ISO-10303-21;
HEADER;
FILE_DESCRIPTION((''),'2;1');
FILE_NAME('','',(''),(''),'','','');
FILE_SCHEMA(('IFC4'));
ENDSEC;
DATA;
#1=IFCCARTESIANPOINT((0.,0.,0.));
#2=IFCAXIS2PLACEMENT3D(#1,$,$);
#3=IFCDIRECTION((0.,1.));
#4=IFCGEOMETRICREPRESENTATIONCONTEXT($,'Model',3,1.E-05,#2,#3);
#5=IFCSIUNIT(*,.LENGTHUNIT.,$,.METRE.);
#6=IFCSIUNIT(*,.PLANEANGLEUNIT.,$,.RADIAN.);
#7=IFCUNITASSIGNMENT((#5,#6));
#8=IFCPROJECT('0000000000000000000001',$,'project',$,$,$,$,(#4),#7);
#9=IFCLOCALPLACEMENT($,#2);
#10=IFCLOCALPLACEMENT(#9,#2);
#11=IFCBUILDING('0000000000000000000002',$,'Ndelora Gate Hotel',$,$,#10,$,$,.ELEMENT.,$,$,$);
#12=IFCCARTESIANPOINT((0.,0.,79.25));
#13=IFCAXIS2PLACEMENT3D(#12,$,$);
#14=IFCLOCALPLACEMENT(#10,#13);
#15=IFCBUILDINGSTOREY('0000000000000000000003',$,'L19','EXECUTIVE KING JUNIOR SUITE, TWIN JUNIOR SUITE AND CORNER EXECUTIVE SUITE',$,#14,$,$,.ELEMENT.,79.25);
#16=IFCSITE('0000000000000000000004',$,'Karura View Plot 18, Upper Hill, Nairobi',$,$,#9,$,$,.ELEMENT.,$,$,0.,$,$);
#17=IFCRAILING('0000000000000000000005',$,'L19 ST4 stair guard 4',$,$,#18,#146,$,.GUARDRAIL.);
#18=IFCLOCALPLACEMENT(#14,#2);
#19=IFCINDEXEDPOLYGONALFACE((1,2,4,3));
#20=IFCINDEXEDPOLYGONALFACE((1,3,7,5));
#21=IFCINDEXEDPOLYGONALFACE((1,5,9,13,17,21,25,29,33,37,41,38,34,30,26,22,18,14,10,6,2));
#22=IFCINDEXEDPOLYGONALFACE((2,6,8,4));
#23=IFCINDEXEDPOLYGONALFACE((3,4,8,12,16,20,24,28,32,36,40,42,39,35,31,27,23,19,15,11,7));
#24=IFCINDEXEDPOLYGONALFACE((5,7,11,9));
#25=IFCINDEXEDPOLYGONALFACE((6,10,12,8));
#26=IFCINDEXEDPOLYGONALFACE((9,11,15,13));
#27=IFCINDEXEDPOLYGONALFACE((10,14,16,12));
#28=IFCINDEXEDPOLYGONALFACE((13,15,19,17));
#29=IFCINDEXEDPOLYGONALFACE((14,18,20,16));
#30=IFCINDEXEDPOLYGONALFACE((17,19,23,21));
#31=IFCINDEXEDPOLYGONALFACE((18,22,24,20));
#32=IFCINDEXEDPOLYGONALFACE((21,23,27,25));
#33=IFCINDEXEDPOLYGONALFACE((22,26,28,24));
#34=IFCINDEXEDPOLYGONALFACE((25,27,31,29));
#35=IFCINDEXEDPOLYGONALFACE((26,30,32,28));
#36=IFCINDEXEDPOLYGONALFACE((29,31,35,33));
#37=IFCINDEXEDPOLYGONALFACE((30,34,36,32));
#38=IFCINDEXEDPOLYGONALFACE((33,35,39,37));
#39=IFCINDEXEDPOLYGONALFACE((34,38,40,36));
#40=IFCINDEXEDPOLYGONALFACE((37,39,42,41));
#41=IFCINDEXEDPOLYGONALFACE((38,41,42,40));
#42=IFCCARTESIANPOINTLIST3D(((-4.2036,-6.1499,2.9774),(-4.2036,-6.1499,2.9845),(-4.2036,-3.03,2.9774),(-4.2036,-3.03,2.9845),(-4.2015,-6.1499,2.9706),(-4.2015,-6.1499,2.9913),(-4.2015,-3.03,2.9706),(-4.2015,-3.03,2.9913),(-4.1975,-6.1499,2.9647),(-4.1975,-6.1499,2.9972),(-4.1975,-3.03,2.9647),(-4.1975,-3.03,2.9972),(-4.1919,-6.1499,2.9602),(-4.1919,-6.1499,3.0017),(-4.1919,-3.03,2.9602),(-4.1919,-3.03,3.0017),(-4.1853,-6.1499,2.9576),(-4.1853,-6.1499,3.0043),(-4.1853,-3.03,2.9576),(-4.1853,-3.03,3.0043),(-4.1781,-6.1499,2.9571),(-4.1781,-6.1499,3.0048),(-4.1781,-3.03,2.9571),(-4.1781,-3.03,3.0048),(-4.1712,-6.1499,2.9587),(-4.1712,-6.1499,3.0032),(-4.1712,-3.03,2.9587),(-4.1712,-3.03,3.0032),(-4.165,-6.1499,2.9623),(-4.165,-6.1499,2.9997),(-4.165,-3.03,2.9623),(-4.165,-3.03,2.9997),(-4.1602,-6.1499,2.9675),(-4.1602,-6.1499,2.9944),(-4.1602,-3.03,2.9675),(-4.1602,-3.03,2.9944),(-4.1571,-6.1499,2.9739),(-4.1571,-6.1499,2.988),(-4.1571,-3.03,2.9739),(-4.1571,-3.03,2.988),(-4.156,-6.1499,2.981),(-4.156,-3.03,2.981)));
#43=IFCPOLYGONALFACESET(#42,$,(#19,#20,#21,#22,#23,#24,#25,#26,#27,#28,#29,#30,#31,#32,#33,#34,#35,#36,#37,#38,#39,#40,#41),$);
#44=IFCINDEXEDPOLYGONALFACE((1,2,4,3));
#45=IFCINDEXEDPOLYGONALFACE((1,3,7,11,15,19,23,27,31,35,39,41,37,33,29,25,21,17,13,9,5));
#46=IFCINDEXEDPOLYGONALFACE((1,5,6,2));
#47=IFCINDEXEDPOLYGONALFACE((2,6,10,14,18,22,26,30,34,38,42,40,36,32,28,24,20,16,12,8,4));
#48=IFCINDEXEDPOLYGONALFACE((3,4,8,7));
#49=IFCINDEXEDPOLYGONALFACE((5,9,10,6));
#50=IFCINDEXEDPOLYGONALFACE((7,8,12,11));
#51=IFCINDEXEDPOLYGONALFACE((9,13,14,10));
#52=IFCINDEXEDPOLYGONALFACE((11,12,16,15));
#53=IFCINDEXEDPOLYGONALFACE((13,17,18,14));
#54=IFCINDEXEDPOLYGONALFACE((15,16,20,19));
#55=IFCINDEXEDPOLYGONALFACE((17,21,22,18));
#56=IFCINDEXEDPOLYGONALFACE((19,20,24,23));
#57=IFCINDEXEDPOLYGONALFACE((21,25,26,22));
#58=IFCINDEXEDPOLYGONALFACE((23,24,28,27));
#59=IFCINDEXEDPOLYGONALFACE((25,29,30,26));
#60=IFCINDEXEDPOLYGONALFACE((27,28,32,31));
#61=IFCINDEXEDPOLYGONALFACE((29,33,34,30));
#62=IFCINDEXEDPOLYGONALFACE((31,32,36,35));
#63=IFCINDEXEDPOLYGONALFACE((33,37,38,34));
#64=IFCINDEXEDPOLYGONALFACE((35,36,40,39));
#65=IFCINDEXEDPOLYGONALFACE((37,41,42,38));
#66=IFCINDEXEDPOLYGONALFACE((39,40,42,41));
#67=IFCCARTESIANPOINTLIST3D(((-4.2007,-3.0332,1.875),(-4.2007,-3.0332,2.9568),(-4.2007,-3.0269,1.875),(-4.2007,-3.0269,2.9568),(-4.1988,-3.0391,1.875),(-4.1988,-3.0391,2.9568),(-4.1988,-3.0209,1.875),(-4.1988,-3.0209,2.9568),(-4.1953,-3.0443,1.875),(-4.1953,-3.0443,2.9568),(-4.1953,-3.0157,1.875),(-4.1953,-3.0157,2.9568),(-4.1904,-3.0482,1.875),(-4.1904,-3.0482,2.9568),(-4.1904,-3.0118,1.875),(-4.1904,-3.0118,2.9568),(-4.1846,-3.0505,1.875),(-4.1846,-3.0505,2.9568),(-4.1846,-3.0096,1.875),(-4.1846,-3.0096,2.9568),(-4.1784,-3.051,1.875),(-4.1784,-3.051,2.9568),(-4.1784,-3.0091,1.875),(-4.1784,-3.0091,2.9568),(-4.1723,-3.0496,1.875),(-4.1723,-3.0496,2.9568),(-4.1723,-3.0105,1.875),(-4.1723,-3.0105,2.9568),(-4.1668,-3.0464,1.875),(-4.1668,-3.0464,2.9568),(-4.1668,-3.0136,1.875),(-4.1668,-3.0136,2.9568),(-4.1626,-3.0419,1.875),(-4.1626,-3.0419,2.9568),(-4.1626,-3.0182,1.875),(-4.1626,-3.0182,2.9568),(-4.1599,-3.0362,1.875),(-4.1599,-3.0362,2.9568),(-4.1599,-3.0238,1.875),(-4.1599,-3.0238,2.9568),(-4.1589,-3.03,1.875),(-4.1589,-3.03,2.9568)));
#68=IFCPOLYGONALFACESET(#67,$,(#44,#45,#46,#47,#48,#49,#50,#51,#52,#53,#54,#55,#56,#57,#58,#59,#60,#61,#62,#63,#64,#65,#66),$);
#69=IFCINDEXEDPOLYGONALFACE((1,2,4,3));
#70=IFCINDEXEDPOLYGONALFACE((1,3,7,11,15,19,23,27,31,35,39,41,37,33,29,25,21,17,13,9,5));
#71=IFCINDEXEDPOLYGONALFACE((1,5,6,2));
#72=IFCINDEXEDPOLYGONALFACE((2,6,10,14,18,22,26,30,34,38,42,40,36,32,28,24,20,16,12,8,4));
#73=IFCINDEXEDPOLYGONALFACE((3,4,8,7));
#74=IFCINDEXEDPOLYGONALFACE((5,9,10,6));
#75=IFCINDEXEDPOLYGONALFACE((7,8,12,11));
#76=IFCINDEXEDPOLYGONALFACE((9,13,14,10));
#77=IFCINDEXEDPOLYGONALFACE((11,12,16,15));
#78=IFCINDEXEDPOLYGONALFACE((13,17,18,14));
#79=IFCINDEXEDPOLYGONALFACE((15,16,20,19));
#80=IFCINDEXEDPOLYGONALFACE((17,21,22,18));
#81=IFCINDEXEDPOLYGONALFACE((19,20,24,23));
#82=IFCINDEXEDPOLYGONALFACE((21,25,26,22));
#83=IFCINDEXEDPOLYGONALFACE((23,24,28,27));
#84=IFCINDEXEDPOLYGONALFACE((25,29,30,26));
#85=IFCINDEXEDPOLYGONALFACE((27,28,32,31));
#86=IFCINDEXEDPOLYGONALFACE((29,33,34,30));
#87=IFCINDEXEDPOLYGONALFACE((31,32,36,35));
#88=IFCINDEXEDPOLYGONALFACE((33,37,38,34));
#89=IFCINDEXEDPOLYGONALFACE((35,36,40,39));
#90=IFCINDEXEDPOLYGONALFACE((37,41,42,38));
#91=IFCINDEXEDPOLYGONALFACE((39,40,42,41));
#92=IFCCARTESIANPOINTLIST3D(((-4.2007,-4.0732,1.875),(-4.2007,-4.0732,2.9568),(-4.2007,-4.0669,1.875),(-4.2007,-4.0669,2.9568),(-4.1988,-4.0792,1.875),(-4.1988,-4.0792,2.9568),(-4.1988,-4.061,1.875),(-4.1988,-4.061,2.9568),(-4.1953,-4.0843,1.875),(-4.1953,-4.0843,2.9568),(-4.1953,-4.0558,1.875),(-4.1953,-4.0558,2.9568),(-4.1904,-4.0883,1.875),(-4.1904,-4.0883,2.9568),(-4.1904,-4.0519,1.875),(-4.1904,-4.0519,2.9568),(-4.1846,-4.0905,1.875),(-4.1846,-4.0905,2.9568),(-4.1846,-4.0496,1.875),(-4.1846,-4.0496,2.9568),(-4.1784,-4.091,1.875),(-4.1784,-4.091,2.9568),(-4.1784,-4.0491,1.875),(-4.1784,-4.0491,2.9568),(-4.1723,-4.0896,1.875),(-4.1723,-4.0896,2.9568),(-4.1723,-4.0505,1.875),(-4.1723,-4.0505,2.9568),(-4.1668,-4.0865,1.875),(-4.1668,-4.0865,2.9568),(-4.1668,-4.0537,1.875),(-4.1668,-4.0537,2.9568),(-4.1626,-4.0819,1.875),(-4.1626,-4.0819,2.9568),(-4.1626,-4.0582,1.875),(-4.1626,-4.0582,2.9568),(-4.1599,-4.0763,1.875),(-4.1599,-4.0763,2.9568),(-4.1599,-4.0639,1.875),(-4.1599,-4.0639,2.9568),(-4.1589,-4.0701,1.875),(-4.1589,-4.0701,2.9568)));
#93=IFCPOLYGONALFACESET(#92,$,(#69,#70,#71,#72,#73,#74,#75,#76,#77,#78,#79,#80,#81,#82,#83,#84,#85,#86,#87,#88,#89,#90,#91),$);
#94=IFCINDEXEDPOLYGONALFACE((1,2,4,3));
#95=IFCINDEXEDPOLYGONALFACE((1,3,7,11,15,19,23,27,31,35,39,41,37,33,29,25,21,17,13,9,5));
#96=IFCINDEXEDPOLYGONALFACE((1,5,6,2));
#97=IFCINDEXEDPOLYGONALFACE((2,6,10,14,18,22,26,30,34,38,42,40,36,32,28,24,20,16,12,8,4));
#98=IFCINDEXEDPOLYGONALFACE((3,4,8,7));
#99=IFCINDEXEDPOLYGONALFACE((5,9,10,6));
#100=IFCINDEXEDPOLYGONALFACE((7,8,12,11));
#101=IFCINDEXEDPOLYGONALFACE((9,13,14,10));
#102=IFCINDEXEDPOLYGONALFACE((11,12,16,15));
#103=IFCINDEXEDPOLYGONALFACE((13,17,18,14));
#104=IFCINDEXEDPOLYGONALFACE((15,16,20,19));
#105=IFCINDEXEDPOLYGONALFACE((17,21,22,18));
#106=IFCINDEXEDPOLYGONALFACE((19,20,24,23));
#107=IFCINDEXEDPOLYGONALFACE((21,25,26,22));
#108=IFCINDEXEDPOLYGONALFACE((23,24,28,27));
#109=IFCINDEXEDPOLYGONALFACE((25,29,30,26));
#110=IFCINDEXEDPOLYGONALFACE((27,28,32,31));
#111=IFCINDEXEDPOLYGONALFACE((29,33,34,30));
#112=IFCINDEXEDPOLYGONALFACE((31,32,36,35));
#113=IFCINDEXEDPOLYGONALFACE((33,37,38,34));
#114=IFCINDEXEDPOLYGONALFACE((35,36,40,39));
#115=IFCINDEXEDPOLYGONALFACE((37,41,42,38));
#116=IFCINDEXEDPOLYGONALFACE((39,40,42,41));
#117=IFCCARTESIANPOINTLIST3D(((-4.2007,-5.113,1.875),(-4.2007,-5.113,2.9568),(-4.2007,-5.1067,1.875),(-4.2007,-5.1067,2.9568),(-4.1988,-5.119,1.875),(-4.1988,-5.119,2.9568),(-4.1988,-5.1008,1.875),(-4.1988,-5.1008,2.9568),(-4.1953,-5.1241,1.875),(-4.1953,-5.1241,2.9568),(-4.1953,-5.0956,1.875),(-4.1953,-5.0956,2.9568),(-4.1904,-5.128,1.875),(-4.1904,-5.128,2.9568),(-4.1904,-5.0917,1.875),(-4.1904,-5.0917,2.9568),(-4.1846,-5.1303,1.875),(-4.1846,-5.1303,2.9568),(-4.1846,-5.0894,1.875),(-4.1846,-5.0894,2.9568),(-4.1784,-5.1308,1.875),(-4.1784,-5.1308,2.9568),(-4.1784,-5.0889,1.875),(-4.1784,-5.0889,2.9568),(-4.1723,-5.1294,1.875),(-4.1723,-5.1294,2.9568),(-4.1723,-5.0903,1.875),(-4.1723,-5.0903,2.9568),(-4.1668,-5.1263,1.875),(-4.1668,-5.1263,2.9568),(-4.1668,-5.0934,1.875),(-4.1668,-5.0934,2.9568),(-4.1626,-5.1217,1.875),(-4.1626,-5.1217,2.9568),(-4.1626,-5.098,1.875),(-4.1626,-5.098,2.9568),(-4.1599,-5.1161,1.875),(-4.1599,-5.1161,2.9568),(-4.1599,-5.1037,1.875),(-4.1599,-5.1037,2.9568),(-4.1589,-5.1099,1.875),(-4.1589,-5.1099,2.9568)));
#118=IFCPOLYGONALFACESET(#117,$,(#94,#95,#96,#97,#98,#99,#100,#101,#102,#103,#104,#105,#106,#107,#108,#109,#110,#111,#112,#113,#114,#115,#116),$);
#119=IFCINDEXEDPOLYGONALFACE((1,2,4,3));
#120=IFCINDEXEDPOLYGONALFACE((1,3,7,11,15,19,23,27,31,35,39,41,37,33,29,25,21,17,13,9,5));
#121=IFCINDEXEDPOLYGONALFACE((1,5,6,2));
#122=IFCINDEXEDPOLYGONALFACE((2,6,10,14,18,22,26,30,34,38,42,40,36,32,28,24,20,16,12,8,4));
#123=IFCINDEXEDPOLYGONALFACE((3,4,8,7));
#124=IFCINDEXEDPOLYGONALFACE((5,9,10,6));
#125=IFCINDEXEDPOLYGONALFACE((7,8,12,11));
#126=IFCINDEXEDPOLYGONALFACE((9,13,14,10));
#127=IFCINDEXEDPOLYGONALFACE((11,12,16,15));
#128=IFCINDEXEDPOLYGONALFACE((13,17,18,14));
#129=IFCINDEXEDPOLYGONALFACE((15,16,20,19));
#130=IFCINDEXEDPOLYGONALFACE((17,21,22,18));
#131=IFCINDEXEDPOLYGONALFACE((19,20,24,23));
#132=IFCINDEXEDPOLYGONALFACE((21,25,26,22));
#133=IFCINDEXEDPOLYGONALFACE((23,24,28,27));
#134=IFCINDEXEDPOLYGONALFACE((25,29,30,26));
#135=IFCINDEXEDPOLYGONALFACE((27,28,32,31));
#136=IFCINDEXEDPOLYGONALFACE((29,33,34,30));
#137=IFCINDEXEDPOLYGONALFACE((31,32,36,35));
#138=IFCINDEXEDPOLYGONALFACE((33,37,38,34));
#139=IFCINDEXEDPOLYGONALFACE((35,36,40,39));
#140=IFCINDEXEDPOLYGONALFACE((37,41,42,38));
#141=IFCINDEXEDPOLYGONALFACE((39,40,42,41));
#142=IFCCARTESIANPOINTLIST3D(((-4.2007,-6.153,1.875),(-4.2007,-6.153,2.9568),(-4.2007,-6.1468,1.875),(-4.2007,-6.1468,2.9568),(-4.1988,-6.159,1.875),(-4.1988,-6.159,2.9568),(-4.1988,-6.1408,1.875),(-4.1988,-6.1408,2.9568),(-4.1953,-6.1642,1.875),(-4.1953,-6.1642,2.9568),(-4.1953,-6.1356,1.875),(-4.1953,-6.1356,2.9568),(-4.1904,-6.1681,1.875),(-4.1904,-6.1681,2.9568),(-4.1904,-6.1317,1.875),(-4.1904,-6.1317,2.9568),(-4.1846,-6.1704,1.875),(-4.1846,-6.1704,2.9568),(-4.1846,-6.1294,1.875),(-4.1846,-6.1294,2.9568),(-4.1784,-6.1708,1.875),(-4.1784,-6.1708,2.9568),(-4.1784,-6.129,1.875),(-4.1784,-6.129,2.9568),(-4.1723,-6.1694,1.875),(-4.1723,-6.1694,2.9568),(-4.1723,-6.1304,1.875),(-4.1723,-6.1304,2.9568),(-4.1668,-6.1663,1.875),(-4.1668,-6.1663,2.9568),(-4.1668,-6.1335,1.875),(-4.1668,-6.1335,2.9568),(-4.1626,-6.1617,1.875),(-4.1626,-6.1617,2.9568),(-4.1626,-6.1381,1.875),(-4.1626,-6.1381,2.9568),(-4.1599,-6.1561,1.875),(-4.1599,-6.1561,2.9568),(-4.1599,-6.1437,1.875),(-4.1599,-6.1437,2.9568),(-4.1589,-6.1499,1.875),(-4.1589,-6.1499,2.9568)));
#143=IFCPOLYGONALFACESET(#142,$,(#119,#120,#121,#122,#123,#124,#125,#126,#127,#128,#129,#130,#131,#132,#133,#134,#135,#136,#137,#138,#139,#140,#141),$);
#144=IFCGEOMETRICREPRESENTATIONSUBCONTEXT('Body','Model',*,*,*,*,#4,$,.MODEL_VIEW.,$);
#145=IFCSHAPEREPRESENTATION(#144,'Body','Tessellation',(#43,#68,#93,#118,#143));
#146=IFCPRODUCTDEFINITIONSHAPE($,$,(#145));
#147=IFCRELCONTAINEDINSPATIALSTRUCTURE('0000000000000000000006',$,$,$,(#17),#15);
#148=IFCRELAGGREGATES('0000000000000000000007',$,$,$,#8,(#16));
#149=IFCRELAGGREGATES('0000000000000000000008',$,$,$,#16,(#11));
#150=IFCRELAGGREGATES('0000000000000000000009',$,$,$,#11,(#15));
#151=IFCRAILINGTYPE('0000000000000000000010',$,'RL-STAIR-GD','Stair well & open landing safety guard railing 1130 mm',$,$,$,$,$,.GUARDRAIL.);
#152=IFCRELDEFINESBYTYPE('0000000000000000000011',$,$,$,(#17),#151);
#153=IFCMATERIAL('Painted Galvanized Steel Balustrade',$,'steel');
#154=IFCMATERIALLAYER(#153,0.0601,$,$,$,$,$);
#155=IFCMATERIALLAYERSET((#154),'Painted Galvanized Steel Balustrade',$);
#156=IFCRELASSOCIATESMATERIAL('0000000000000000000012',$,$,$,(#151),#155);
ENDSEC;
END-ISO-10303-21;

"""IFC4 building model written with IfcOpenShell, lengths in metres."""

from ifc_helpers import new_model, si_unit, direction, frame, origin, origin_2d, place, context, subcontext, project, spatial, circle, extrude, material, layer, layer_set, type_object, element, save


model = new_model("IFC4")

# Units and contexts
model_context = context("Model", 3, precision=1e-05, world=origin(), true_north=direction((0.0, 1.0)))
body_context = subcontext(model_context, "Body", "Model", "MODEL_VIEW")
ifc_project = project(units=[si_unit("LENGTHUNIT", "METRE"), si_unit("PLANEANGLEUNIT", "RADIAN")], contexts=[model_context])

# Site, building, storey
site_placement = place(None, origin())
site = spatial("IfcSite", under=ifc_project, at=site_placement, Name="Karura View Plot 18, Upper Hill, Nairobi", CompositionType="ELEMENT", RefElevation=0.0)
building_placement = place(site_placement, origin())
building = spatial("IfcBuilding", under=site, at=building_placement, Name="Ndelora Gate Hotel", CompositionType="ELEMENT")
storey_placement = place(building_placement, frame((0.0, 0.0, 79.25)))
storey = spatial("IfcBuildingStorey", under=building, at=storey_placement, Name="L19", Description="EXECUTIVE KING JUNIOR SUITE, TWIN JUNIOR SUITE AND CORNER EXECUTIVE SUITE", CompositionType="ELEMENT", Elevation=79.25)

# Railing
ifc_material_1 = material(Name="Painted Galvanized Steel Balustrade", Category="steel")
ifc_layer_1 = layer(ifc_material_1, 0.0601)
ifc_layer_set_1 = layer_set([ifc_layer_1], Name="Painted Galvanized Steel Balustrade")
railing_type_1 = type_object("IfcRailingType", Name="RL-STAIR-GD", Description="Stair well & open landing safety guard railing 1130 mm", PredefinedType="GUARDRAIL", material=ifc_layer_set_1)
for number, where, name in (
    (1, (-4.1799, -3.03, 1.875), "L19 ST4 stair guard 4"),
):
    element("IfcRailing", number, at=place(storey_placement, frame(where)), inside=storey, type_object=railing_type_1, Name=name, PredefinedType="GUARDRAIL", context=body_context, shape_type="SweptSolid", body=[
        extrude(circle(Radius=0.0239, at=origin_2d()), frame((0.0, 0.0, 1.106), z_axis=(0.0, -1.0, 0.0), x_axis=(1.0, 0.0, 0.0)), (0.0, 0.0, 1.0), 3.1199),
        extrude(circle(Radius=0.021, at=origin_2d()), origin(), (0.0, 0.0, 1.0), 1.0818),
        extrude(circle(Radius=0.021, at=origin_2d()), frame((0.0, -1.04, 0.0)), (0.0, 0.0, 1.0), 1.0818),
        extrude(circle(Radius=0.021, at=origin_2d()), frame((0.0, -2.0798, 0.0)), (0.0, 0.0, 1.0), 1.0818),
        extrude(circle(Radius=0.021, at=origin_2d()), frame((0.0, -3.1199, 0.0)), (0.0, 0.0, 1.0), 1.0818),
    ])

save(model, "model.ifc")
